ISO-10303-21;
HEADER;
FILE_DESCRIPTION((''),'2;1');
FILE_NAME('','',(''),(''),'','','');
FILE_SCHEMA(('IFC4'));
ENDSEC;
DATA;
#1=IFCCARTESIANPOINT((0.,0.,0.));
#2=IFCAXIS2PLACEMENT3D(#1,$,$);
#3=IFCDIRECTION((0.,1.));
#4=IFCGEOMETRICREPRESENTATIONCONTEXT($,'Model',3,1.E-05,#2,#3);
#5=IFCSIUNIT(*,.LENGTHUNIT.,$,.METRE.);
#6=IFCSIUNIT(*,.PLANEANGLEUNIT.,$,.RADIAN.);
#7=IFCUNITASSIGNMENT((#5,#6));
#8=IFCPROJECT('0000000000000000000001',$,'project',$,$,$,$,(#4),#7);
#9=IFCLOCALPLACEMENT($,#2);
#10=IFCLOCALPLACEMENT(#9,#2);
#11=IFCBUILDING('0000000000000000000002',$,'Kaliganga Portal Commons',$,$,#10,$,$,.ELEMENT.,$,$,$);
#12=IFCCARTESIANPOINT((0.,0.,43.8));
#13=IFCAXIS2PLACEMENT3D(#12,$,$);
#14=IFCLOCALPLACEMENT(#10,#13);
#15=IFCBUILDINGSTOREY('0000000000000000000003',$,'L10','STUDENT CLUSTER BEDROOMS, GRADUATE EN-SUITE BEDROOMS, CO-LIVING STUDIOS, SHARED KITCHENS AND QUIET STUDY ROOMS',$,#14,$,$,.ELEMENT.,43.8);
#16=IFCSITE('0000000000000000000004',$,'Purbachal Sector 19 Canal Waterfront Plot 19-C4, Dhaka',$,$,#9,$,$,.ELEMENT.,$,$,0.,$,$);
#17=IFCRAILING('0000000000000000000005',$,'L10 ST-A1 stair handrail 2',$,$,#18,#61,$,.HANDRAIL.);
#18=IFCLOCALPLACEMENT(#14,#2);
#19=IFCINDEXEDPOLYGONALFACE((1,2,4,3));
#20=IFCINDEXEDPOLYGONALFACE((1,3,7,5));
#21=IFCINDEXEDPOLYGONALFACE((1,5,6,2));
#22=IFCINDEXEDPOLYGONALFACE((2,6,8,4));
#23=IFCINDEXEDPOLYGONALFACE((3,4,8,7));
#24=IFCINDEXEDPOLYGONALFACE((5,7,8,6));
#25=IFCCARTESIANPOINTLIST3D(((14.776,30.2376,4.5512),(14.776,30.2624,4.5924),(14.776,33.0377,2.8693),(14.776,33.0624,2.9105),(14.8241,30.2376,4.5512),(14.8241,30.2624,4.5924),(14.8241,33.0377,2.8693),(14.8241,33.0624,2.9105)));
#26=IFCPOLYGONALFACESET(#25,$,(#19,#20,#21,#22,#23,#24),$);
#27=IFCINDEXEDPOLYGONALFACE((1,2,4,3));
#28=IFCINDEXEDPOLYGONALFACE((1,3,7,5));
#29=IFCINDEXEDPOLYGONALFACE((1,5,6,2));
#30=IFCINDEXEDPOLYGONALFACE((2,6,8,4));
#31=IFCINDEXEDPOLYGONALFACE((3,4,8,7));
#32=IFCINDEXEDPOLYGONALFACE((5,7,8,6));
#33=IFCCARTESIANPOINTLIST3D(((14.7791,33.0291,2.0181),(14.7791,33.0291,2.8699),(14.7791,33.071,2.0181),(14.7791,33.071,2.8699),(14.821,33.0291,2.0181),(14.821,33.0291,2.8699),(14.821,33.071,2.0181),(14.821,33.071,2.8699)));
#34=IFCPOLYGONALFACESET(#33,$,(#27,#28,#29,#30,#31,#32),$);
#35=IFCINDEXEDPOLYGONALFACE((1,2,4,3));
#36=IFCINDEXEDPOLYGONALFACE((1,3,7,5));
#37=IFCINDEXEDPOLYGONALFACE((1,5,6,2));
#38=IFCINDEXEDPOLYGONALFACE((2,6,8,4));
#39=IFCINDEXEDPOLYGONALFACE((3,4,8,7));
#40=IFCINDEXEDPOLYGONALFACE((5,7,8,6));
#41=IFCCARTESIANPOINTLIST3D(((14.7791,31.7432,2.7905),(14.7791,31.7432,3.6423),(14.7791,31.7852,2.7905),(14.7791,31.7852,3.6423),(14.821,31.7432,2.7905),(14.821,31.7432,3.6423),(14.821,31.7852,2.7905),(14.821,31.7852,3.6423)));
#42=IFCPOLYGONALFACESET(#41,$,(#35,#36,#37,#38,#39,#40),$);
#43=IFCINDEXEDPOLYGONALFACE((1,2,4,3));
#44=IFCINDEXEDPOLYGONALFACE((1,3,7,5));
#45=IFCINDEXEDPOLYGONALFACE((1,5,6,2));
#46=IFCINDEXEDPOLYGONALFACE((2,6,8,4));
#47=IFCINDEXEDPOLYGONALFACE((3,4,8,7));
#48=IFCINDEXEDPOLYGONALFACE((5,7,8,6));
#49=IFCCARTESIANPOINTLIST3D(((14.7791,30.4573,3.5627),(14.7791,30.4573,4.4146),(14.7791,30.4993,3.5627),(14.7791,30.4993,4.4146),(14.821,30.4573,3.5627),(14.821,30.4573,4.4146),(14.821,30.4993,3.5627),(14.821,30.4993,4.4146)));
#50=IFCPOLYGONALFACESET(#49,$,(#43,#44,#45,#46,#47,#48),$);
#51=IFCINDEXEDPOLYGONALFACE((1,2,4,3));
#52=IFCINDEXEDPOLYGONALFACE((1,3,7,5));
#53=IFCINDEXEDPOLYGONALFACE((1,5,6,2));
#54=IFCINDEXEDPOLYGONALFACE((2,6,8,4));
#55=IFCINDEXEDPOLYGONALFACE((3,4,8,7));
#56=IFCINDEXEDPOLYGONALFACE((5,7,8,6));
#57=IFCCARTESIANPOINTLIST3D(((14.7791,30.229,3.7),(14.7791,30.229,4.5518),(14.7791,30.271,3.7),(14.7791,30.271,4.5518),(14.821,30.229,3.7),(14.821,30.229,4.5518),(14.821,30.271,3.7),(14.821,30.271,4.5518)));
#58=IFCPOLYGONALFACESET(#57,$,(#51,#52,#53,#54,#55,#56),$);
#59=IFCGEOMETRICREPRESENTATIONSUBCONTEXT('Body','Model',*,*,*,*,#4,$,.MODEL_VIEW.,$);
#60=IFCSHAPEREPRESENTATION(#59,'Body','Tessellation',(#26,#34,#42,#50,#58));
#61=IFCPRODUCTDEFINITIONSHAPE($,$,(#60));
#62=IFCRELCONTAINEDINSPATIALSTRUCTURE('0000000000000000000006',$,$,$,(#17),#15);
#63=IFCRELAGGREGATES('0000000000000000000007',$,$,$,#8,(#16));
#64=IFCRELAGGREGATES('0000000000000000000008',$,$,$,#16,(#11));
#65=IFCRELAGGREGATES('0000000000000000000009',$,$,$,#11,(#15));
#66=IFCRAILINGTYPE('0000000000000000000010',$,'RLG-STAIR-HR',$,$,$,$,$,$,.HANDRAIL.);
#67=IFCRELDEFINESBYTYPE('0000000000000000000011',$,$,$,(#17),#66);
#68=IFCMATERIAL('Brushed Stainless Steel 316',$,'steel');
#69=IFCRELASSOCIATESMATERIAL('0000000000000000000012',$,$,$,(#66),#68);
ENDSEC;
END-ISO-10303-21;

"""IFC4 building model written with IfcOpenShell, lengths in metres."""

from ifc_helpers import new_model, si_unit, direction, frame, origin, origin_2d, place, context, subcontext, project, spatial, rectangle, extrude, material, type_object, element, save


model = new_model("IFC4")

# Units and contexts
model_context = context("Model", 3, precision=1e-05, world=origin(), true_north=direction((0.0, 1.0)))
body_context = subcontext(model_context, "Body", "Model", "MODEL_VIEW")
ifc_project = project(units=[si_unit("LENGTHUNIT", "METRE"), si_unit("PLANEANGLEUNIT", "RADIAN")], contexts=[model_context])

# Site, building, storey
site_placement = place(None, origin())
site = spatial("IfcSite", under=ifc_project, at=site_placement, Name="Purbachal Sector 19 Canal Waterfront Plot 19-C4, Dhaka", CompositionType="ELEMENT", RefElevation=0.0)
building_placement = place(site_placement, origin())
building = spatial("IfcBuilding", under=site, at=building_placement, Name="Kaliganga Portal Commons", CompositionType="ELEMENT")
storey_placement = place(building_placement, frame((0.0, 0.0, 43.8)))
storey = spatial("IfcBuildingStorey", under=building, at=storey_placement, Name="L10", Description="STUDENT CLUSTER BEDROOMS, GRADUATE EN-SUITE BEDROOMS, CO-LIVING STUDIOS, SHARED KITCHENS AND QUIET STUDY ROOMS", CompositionType="ELEMENT", Elevation=43.8)

# Railing
ifc_material_1 = material(Name="Brushed Stainless Steel 316", Category="steel")
railing_type_1 = type_object("IfcRailingType", Name="RLG-STAIR-HR", PredefinedType="HANDRAIL", material=ifc_material_1)
railing_1_placement = place(storey_placement, frame((14.8, 33.05, 2.0181)))
element("IfcRailing", 1, at=railing_1_placement, inside=storey, type_object=railing_type_1, Name="L10 ST-A1 stair handrail 2", PredefinedType="HANDRAIL", context=body_context, shape_type="SweptSolid", body=[
    extrude(rectangle(XDim=0.0481, YDim=0.0481, at=origin_2d()), frame((0.0, 0.0, 0.8718), z_axis=(0.0, -0.857242, 0.514913), x_axis=(1.0, 0.0, 0.0)), (0.0, 0.0, 1.0), 3.2664),
    extrude(rectangle(XDim=0.042, YDim=0.042, at=origin_2d()), origin(), (0.0, 0.0, 1.0), 0.8518),
    extrude(rectangle(XDim=0.042, YDim=0.042, at=origin_2d()), frame((0.0, -1.2859, 0.7725)), (0.0, 0.0, 1.0), 0.8518),
    extrude(rectangle(XDim=0.042, YDim=0.042, at=origin_2d()), frame((0.0, -2.5718, 1.5447)), (0.0, 0.0, 1.0), 0.8518),
    extrude(rectangle(XDim=0.042, YDim=0.042, at=origin_2d()), frame((0.0, -2.8, 1.6819)), (0.0, 0.0, 1.0), 0.8518),
])

save(model, "model.ifc")
